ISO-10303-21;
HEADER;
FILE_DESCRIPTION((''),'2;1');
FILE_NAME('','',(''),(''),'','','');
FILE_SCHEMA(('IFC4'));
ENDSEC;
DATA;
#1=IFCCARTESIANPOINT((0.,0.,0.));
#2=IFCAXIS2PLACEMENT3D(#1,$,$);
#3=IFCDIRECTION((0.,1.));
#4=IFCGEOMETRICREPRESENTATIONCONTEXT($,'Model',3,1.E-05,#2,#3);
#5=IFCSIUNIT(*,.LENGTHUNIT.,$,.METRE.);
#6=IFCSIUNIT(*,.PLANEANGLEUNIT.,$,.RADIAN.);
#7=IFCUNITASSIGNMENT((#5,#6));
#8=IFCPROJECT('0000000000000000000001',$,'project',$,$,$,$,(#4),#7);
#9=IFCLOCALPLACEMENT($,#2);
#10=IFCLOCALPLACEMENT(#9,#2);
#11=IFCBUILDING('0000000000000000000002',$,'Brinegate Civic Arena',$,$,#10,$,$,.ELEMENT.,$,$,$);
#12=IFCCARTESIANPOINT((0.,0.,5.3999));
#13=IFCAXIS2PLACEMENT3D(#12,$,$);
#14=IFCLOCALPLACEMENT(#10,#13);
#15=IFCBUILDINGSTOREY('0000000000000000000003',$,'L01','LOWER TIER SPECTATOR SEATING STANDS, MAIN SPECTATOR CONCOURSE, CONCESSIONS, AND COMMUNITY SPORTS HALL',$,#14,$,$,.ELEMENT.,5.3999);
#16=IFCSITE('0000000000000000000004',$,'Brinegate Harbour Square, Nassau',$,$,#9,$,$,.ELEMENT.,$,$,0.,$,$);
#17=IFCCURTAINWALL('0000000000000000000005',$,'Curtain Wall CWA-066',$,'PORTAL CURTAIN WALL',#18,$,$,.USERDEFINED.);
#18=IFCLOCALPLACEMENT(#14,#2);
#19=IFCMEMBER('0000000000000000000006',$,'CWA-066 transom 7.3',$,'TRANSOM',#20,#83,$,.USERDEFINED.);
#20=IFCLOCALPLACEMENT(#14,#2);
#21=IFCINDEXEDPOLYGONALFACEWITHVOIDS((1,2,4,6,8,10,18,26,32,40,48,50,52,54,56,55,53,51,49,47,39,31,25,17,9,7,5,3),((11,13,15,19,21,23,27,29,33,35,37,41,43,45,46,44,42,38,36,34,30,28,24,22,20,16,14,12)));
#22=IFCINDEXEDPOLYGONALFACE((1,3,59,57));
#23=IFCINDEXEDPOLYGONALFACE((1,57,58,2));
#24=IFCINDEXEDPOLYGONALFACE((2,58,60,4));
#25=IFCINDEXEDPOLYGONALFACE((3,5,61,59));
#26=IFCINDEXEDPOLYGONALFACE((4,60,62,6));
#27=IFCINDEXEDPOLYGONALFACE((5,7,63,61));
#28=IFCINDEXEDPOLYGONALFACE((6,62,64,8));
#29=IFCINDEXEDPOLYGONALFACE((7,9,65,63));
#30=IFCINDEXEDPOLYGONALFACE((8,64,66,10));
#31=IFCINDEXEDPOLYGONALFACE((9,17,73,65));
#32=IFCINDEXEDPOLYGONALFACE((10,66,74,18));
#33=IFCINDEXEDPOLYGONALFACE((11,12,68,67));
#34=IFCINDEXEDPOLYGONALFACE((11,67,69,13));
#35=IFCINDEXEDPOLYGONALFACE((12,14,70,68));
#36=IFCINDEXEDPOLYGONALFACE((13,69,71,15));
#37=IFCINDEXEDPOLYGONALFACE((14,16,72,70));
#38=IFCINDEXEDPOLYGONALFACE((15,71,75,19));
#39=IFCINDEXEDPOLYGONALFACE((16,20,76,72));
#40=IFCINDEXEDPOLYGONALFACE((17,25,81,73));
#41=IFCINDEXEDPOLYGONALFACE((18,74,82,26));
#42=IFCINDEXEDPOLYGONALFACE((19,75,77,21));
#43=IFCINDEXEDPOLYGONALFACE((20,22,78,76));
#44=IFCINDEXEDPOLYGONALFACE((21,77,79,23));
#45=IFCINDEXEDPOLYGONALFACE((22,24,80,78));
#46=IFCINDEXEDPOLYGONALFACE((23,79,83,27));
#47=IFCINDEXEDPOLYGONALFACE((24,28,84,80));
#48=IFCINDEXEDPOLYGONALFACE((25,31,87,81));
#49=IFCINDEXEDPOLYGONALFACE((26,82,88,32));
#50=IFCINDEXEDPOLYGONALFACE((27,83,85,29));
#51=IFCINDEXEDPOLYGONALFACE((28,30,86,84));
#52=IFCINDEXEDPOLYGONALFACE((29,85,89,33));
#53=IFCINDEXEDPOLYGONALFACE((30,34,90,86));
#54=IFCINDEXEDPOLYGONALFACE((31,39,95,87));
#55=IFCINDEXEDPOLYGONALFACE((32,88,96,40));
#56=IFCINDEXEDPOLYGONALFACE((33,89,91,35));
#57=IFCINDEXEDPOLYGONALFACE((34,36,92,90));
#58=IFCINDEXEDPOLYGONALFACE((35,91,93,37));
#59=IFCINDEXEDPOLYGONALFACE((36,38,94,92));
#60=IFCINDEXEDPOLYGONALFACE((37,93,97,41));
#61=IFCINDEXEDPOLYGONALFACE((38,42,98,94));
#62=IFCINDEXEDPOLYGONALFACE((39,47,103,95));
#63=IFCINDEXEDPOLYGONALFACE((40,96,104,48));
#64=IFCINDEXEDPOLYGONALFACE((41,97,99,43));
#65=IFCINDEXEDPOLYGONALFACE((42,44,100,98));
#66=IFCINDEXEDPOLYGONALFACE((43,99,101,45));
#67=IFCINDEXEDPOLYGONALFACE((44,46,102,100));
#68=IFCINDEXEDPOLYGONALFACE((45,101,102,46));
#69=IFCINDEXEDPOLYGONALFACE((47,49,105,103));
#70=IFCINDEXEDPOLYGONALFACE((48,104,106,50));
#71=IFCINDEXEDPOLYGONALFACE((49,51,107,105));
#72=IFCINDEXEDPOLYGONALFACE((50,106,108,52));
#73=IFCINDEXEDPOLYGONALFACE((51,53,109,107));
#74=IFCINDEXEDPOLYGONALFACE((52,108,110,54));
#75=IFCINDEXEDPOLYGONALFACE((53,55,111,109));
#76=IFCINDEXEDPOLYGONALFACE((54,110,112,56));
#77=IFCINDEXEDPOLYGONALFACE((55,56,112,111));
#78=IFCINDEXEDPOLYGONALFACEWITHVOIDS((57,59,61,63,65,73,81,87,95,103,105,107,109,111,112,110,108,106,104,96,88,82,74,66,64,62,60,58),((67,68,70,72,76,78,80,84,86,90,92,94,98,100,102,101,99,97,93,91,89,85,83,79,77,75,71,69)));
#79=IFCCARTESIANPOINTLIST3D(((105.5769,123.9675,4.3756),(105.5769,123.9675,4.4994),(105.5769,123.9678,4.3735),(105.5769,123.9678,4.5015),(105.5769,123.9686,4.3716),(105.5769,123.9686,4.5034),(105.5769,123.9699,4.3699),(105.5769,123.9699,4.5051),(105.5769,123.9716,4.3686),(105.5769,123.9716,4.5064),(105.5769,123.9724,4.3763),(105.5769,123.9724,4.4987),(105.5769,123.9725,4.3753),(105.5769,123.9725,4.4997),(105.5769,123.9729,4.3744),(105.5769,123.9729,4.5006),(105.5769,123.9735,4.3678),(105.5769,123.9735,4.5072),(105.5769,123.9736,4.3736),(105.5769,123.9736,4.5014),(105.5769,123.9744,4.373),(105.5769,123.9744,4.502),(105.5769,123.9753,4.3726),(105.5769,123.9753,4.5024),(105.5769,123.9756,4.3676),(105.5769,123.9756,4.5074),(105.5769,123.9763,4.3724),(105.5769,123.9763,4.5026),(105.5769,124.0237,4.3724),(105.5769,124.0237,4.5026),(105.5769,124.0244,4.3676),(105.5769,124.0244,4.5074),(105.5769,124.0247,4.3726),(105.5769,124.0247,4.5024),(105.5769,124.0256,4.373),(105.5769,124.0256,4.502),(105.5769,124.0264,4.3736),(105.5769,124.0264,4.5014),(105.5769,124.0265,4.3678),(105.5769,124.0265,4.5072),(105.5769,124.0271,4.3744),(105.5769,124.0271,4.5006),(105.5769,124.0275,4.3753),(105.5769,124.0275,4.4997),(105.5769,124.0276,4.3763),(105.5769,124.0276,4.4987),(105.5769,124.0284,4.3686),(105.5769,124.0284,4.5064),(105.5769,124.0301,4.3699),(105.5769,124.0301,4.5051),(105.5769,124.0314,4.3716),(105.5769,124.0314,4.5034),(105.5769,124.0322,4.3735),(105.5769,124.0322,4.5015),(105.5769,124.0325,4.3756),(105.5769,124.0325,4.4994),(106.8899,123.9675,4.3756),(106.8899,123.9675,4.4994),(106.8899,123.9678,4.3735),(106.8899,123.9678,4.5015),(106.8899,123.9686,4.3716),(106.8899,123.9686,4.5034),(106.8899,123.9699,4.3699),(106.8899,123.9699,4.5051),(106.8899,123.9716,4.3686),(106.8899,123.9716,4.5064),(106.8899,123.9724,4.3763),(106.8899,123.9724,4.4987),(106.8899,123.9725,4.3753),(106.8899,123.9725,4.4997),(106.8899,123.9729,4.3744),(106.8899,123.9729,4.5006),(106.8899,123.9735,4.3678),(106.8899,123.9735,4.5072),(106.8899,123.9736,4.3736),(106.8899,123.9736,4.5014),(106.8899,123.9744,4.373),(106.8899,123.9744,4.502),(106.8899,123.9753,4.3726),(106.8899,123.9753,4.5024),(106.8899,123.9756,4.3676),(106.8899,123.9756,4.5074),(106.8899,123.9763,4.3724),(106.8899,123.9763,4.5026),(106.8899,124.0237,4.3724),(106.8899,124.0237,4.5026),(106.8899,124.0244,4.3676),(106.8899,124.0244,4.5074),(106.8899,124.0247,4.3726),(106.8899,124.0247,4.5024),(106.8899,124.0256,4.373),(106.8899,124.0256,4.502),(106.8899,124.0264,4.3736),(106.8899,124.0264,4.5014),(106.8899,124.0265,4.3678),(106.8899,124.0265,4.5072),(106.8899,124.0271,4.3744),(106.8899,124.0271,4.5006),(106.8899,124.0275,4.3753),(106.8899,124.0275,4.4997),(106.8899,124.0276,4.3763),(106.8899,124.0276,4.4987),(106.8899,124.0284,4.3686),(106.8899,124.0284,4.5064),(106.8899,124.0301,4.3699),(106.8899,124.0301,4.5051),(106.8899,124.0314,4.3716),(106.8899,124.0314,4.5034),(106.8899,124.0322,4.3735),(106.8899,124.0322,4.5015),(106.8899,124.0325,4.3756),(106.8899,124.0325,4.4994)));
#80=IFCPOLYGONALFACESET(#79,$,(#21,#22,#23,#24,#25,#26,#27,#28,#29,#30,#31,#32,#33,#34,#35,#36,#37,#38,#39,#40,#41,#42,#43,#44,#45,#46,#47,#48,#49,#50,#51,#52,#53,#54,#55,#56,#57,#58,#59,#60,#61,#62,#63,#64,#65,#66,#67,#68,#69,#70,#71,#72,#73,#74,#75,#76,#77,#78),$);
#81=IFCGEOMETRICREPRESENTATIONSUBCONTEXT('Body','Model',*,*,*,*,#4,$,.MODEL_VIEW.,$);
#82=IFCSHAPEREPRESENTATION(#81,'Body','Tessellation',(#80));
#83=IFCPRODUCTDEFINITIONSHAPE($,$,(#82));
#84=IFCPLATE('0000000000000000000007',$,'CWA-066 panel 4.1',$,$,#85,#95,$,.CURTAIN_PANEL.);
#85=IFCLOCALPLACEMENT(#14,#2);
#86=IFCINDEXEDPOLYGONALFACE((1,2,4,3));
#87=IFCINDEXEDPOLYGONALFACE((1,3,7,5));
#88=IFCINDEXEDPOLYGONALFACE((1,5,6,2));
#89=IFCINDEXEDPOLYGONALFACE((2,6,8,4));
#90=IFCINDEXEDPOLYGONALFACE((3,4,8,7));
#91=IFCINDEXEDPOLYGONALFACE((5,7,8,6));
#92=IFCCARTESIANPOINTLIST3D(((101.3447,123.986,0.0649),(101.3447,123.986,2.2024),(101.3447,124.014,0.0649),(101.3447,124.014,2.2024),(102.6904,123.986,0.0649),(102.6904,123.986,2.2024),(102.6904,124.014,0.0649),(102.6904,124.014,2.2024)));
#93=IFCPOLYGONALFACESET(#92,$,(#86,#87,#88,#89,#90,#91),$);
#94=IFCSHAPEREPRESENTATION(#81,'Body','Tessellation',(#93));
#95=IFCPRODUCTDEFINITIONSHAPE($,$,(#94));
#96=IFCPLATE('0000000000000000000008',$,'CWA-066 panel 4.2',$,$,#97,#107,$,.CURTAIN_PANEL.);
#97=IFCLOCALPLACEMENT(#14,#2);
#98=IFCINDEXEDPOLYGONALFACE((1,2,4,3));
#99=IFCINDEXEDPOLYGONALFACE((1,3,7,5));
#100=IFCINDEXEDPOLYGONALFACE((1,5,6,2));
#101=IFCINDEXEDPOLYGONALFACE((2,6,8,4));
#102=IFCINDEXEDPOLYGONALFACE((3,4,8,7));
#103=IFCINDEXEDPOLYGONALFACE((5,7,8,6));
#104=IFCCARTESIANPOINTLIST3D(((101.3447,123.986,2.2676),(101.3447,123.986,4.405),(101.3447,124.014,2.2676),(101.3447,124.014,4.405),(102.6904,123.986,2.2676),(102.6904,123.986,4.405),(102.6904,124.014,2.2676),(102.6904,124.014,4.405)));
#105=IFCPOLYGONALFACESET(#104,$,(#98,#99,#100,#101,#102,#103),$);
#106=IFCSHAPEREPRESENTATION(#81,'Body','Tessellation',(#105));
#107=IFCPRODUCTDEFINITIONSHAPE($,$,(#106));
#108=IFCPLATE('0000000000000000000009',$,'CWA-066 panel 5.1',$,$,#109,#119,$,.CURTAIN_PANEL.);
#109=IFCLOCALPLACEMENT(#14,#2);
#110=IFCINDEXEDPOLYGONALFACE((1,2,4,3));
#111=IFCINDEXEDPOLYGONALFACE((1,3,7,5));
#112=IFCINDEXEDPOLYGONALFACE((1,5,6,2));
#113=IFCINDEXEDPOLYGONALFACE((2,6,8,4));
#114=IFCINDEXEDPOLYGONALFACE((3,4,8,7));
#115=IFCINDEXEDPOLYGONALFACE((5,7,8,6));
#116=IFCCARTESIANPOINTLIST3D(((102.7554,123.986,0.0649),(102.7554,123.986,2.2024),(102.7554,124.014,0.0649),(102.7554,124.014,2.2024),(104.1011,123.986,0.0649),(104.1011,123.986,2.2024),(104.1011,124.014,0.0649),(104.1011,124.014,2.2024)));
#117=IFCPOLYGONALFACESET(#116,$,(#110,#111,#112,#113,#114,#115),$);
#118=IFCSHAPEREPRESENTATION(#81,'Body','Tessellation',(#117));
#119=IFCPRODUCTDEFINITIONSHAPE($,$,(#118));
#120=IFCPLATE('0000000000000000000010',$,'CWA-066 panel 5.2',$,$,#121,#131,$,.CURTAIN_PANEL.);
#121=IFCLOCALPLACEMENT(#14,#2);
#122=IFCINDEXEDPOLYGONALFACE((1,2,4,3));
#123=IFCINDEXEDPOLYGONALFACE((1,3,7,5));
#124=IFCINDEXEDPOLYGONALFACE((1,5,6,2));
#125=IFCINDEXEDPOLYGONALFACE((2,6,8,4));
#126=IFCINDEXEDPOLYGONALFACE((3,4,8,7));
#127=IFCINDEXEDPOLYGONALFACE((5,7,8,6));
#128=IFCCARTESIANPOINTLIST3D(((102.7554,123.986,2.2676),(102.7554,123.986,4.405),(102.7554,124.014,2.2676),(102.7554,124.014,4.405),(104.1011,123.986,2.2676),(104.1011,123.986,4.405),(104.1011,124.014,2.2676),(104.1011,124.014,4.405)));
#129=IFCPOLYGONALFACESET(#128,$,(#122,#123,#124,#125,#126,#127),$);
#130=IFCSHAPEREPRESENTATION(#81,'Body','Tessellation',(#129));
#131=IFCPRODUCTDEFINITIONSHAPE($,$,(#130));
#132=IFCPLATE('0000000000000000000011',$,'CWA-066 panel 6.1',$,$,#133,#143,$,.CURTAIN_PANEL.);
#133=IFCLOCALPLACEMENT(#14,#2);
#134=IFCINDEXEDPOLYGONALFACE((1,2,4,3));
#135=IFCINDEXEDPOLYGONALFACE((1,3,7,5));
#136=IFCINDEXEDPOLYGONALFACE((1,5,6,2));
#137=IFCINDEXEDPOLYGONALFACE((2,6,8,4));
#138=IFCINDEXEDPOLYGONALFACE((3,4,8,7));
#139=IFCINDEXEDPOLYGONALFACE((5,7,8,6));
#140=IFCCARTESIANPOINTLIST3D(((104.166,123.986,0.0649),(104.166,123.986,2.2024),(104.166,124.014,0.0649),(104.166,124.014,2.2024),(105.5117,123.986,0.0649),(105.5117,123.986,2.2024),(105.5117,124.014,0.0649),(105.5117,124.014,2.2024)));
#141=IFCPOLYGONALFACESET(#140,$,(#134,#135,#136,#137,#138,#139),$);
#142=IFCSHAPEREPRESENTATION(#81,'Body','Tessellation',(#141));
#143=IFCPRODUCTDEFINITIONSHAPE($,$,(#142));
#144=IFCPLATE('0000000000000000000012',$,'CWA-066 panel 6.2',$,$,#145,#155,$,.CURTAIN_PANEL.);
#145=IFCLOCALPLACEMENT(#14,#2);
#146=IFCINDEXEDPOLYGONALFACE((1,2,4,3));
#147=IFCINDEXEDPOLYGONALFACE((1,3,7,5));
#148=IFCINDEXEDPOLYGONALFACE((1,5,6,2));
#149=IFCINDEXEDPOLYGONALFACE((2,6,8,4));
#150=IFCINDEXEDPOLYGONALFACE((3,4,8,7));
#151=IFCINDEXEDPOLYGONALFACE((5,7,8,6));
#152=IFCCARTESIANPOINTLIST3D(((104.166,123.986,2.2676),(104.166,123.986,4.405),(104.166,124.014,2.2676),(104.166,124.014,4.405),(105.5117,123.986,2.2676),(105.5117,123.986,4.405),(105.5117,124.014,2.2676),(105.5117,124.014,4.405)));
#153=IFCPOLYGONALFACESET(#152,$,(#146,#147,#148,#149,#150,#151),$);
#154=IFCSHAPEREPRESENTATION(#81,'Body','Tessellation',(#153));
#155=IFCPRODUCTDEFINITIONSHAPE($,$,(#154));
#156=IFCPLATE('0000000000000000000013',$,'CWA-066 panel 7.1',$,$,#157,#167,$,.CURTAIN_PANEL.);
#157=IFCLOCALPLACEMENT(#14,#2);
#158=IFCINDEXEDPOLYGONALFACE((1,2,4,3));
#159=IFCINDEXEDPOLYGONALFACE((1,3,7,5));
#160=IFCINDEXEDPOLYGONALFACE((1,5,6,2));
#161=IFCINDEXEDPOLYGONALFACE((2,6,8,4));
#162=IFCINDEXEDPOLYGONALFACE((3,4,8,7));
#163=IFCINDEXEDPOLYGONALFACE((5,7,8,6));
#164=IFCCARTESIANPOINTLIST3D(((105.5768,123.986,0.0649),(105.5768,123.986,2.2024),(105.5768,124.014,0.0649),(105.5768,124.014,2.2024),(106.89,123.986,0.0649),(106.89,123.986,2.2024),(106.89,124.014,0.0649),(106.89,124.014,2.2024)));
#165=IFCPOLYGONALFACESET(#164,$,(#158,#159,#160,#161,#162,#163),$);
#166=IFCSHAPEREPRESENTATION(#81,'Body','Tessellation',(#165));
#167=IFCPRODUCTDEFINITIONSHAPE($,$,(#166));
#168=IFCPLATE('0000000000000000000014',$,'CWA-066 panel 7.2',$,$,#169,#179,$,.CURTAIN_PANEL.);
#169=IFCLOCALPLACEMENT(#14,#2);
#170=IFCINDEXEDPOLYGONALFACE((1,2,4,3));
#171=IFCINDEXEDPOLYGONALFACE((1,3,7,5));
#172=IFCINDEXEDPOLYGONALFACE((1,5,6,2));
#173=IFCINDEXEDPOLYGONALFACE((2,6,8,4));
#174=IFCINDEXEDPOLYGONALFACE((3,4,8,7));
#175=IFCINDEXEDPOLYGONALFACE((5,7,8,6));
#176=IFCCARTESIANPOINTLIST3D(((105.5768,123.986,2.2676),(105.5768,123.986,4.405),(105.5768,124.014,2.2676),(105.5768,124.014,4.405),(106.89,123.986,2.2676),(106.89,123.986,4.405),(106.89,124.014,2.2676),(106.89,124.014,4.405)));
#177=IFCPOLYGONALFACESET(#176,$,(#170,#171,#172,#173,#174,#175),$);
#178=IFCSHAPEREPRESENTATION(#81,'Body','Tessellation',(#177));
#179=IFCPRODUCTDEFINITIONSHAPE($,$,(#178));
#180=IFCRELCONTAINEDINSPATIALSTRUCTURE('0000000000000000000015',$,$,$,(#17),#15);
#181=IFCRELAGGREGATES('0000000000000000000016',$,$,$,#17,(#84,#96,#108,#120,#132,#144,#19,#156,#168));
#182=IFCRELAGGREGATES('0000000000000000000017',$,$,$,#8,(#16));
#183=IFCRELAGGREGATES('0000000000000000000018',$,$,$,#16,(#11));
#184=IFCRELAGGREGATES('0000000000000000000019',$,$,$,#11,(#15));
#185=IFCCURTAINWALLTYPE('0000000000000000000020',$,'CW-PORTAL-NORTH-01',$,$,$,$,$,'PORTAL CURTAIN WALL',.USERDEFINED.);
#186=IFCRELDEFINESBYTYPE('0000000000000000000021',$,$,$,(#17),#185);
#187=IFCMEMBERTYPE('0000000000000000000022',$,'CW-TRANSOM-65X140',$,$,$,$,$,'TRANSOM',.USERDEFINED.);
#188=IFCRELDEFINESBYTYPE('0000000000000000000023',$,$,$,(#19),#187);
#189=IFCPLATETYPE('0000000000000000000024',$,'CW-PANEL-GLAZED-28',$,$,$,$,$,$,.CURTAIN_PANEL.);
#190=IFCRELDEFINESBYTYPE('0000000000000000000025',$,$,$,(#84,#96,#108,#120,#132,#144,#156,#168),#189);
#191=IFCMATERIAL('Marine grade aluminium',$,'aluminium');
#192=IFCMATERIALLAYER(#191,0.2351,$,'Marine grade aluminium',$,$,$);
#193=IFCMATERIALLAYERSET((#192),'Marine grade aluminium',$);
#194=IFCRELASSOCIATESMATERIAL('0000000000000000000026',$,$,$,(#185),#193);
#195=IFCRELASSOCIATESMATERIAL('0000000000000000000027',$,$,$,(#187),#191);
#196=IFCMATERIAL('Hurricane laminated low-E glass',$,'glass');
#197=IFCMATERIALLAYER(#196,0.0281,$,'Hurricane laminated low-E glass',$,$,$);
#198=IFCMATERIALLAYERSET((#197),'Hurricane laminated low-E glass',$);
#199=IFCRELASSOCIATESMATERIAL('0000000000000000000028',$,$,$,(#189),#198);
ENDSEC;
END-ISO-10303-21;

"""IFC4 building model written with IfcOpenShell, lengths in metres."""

from ifc_helpers import new_model, si_unit, direction, frame, origin, origin_2d, place, context, subcontext, project, spatial, rectangle, hollow_rectangle, extrude, material, layer, layer_set, material_profile, profile_set, type_object, element, aggregate, save


model = new_model("IFC4")

# Units and contexts
model_context = context("Model", 3, precision=1e-05, world=origin(), true_north=direction((0.0, 1.0)))
body_context = subcontext(model_context, "Body", "Model", "MODEL_VIEW")
ifc_project = project(units=[si_unit("LENGTHUNIT", "METRE"), si_unit("PLANEANGLEUNIT", "RADIAN")], contexts=[model_context])

# Site, building, storey
site_placement = place(None, origin())
site = spatial("IfcSite", under=ifc_project, at=site_placement, Name="Brinegate Harbour Square, Nassau", CompositionType="ELEMENT", RefElevation=0.0)
building_placement = place(site_placement, origin())
building = spatial("IfcBuilding", under=site, at=building_placement, Name="Brinegate Civic Arena", CompositionType="ELEMENT")
storey_placement = place(building_placement, frame((0.0, 0.0, 5.3999)))
storey = spatial("IfcBuildingStorey", under=building, at=storey_placement, Name="L01", Description="LOWER TIER SPECTATOR SEATING STANDS, MAIN SPECTATOR CONCOURSE, CONCESSIONS, AND COMMUNITY SPORTS HALL", CompositionType="ELEMENT", Elevation=5.3999)

# Curtain wall, member, plates
ifc_material_1 = material(Name="Marine grade aluminium", Category="aluminium")
ifc_layer_1 = layer(ifc_material_1, 0.2351, Name="Marine grade aluminium")
ifc_layer_set_1 = layer_set([ifc_layer_1], Name="Marine grade aluminium")
curtain_wall_type = type_object("IfcCurtainWallType", Name="CW-PORTAL-NORTH-01", ElementType="PORTAL CURTAIN WALL", PredefinedType="USERDEFINED", material=ifc_layer_set_1)
curtain_wall_placement = place(storey_placement, origin())
curtain_wall = element("IfcCurtainWall", 1, at=curtain_wall_placement, inside=storey, type_object=curtain_wall_type, Name="Curtain Wall CWA-066", ObjectType="PORTAL CURTAIN WALL", PredefinedType="USERDEFINED")
ifc_material_profile_1 = material_profile(ifc_material_1, hollow_rectangle(XDim=0.0649, YDim=0.1399, WallThickness=0.0049, InnerFilletRadius=0.0039, OuterFilletRadius=0.0081, at=origin_2d()), Name="TRN65X140")
ifc_profile_set_1 = profile_set([ifc_material_profile_1], Name="Marine grade aluminium")
member_type_1 = type_object("IfcMemberType", Name="CW-TRANSOM-65X140", ElementType="TRANSOM", PredefinedType="USERDEFINED", material=ifc_profile_set_1)
member_1_placement = place(storey_placement, frame((105.5769, 124.0, 4.4375), z_axis=(1.0, 0.0, 0.0), x_axis=(0.0, 1.0, 0.0)))
member_1 = element("IfcMember", 2, at=member_1_placement, type_object=member_type_1, Name="CWA-066 transom 7.3", ObjectType="TRANSOM", PredefinedType="USERDEFINED", context=body_context, shape_type="SweptSolid", body=[
    extrude(hollow_rectangle(XDim=0.0649, YDim=0.1399, WallThickness=0.0049, InnerFilletRadius=0.0039, OuterFilletRadius=0.0081, at=origin_2d()), origin(), (0.0, 0.0, 1.0), 1.313),
])
ifc_material_2 = material(Name="Hurricane laminated low-E glass", Category="glass")
ifc_layer_2 = layer(ifc_material_2, 0.0281, Name="Hurricane laminated low-E glass")
ifc_layer_set_2 = layer_set([ifc_layer_2], Name="Hurricane laminated low-E glass")
plate_type = type_object("IfcPlateType", Name="CW-PANEL-GLAZED-28", PredefinedType="CURTAIN_PANEL", material=ifc_layer_set_2)
plate_1_placement = place(storey_placement, frame((102.0176, 124.0, 0.0649), z_axis=(0.0, 0.0, 1.0), x_axis=(1.0, 0.0, 0.0)))
plate_1 = element("IfcPlate", 3, at=plate_1_placement, type_object=plate_type, Name="CWA-066 panel 4.1", PredefinedType="CURTAIN_PANEL", context=body_context, shape_type="SweptSolid", body=[
    extrude(rectangle(XDim=1.3457, YDim=0.0281, at=origin_2d()), origin(), (0.0, 0.0, 1.0), 2.1375),
])
plate_2_placement = place(storey_placement, frame((102.0176, 124.0, 2.2676), z_axis=(0.0, 0.0, 1.0), x_axis=(1.0, 0.0, 0.0)))
plate_2 = element("IfcPlate", 4, at=plate_2_placement, type_object=plate_type, Name="CWA-066 panel 4.2", PredefinedType="CURTAIN_PANEL", context=body_context, shape_type="SweptSolid", body=[
    extrude(rectangle(XDim=1.3457, YDim=0.0281, at=origin_2d()), origin(), (0.0, 0.0, 1.0), 2.1375),
])
plate_3_placement = place(storey_placement, frame((103.4282, 124.0, 0.0649), z_axis=(0.0, 0.0, 1.0), x_axis=(1.0, 0.0, 0.0)))
plate_3 = element("IfcPlate", 5, at=plate_3_placement, type_object=plate_type, Name="CWA-066 panel 5.1", PredefinedType="CURTAIN_PANEL", context=body_context, shape_type="SweptSolid", body=[
    extrude(rectangle(XDim=1.3457, YDim=0.0281, at=origin_2d()), origin(), (0.0, 0.0, 1.0), 2.1375),
])
plate_4_placement = place(storey_placement, frame((103.4282, 124.0, 2.2676), z_axis=(0.0, 0.0, 1.0), x_axis=(1.0, 0.0, 0.0)))
plate_4 = element("IfcPlate", 6, at=plate_4_placement, type_object=plate_type, Name="CWA-066 panel 5.2", PredefinedType="CURTAIN_PANEL", context=body_context, shape_type="SweptSolid", body=[
    extrude(rectangle(XDim=1.3457, YDim=0.0281, at=origin_2d()), origin(), (0.0, 0.0, 1.0), 2.1375),
])
plate_5_placement = place(storey_placement, frame((104.8389, 124.0, 0.0649), z_axis=(0.0, 0.0, 1.0), x_axis=(1.0, 0.0, 0.0)))
plate_5 = element("IfcPlate", 7, at=plate_5_placement, type_object=plate_type, Name="CWA-066 panel 6.1", PredefinedType="CURTAIN_PANEL", context=body_context, shape_type="SweptSolid", body=[
    extrude(rectangle(XDim=1.3457, YDim=0.0281, at=origin_2d()), origin(), (0.0, 0.0, 1.0), 2.1375),
])
plate_6_placement = place(storey_placement, frame((104.8389, 124.0, 2.2676), z_axis=(0.0, 0.0, 1.0), x_axis=(1.0, 0.0, 0.0)))
plate_6 = element("IfcPlate", 8, at=plate_6_placement, type_object=plate_type, Name="CWA-066 panel 6.2", PredefinedType="CURTAIN_PANEL", context=body_context, shape_type="SweptSolid", body=[
    extrude(rectangle(XDim=1.3457, YDim=0.0281, at=origin_2d()), origin(), (0.0, 0.0, 1.0), 2.1375),
])
plate_7_placement = place(storey_placement, frame((106.2334, 124.0, 0.0649), z_axis=(0.0, 0.0, 1.0), x_axis=(1.0, 0.0, 0.0)))
plate_7 = element("IfcPlate", 9, at=plate_7_placement, type_object=plate_type, Name="CWA-066 panel 7.1", PredefinedType="CURTAIN_PANEL", context=body_context, shape_type="SweptSolid", body=[
    extrude(rectangle(XDim=1.3132, YDim=0.0281, at=origin_2d()), origin(), (0.0, 0.0, 1.0), 2.1375),
])
plate_8_placement = place(storey_placement, frame((106.2334, 124.0, 2.2676), z_axis=(0.0, 0.0, 1.0), x_axis=(1.0, 0.0, 0.0)))
plate_8 = element("IfcPlate", 10, at=plate_8_placement, type_object=plate_type, Name="CWA-066 panel 7.2", PredefinedType="CURTAIN_PANEL", context=body_context, shape_type="SweptSolid", body=[
    extrude(rectangle(XDim=1.3132, YDim=0.0281, at=origin_2d()), origin(), (0.0, 0.0, 1.0), 2.1375),
])
aggregate(curtain_wall, [plate_1, plate_2, plate_3, plate_4, plate_5, plate_6, member_1, plate_7, plate_8])

save(model, "model.ifc")
